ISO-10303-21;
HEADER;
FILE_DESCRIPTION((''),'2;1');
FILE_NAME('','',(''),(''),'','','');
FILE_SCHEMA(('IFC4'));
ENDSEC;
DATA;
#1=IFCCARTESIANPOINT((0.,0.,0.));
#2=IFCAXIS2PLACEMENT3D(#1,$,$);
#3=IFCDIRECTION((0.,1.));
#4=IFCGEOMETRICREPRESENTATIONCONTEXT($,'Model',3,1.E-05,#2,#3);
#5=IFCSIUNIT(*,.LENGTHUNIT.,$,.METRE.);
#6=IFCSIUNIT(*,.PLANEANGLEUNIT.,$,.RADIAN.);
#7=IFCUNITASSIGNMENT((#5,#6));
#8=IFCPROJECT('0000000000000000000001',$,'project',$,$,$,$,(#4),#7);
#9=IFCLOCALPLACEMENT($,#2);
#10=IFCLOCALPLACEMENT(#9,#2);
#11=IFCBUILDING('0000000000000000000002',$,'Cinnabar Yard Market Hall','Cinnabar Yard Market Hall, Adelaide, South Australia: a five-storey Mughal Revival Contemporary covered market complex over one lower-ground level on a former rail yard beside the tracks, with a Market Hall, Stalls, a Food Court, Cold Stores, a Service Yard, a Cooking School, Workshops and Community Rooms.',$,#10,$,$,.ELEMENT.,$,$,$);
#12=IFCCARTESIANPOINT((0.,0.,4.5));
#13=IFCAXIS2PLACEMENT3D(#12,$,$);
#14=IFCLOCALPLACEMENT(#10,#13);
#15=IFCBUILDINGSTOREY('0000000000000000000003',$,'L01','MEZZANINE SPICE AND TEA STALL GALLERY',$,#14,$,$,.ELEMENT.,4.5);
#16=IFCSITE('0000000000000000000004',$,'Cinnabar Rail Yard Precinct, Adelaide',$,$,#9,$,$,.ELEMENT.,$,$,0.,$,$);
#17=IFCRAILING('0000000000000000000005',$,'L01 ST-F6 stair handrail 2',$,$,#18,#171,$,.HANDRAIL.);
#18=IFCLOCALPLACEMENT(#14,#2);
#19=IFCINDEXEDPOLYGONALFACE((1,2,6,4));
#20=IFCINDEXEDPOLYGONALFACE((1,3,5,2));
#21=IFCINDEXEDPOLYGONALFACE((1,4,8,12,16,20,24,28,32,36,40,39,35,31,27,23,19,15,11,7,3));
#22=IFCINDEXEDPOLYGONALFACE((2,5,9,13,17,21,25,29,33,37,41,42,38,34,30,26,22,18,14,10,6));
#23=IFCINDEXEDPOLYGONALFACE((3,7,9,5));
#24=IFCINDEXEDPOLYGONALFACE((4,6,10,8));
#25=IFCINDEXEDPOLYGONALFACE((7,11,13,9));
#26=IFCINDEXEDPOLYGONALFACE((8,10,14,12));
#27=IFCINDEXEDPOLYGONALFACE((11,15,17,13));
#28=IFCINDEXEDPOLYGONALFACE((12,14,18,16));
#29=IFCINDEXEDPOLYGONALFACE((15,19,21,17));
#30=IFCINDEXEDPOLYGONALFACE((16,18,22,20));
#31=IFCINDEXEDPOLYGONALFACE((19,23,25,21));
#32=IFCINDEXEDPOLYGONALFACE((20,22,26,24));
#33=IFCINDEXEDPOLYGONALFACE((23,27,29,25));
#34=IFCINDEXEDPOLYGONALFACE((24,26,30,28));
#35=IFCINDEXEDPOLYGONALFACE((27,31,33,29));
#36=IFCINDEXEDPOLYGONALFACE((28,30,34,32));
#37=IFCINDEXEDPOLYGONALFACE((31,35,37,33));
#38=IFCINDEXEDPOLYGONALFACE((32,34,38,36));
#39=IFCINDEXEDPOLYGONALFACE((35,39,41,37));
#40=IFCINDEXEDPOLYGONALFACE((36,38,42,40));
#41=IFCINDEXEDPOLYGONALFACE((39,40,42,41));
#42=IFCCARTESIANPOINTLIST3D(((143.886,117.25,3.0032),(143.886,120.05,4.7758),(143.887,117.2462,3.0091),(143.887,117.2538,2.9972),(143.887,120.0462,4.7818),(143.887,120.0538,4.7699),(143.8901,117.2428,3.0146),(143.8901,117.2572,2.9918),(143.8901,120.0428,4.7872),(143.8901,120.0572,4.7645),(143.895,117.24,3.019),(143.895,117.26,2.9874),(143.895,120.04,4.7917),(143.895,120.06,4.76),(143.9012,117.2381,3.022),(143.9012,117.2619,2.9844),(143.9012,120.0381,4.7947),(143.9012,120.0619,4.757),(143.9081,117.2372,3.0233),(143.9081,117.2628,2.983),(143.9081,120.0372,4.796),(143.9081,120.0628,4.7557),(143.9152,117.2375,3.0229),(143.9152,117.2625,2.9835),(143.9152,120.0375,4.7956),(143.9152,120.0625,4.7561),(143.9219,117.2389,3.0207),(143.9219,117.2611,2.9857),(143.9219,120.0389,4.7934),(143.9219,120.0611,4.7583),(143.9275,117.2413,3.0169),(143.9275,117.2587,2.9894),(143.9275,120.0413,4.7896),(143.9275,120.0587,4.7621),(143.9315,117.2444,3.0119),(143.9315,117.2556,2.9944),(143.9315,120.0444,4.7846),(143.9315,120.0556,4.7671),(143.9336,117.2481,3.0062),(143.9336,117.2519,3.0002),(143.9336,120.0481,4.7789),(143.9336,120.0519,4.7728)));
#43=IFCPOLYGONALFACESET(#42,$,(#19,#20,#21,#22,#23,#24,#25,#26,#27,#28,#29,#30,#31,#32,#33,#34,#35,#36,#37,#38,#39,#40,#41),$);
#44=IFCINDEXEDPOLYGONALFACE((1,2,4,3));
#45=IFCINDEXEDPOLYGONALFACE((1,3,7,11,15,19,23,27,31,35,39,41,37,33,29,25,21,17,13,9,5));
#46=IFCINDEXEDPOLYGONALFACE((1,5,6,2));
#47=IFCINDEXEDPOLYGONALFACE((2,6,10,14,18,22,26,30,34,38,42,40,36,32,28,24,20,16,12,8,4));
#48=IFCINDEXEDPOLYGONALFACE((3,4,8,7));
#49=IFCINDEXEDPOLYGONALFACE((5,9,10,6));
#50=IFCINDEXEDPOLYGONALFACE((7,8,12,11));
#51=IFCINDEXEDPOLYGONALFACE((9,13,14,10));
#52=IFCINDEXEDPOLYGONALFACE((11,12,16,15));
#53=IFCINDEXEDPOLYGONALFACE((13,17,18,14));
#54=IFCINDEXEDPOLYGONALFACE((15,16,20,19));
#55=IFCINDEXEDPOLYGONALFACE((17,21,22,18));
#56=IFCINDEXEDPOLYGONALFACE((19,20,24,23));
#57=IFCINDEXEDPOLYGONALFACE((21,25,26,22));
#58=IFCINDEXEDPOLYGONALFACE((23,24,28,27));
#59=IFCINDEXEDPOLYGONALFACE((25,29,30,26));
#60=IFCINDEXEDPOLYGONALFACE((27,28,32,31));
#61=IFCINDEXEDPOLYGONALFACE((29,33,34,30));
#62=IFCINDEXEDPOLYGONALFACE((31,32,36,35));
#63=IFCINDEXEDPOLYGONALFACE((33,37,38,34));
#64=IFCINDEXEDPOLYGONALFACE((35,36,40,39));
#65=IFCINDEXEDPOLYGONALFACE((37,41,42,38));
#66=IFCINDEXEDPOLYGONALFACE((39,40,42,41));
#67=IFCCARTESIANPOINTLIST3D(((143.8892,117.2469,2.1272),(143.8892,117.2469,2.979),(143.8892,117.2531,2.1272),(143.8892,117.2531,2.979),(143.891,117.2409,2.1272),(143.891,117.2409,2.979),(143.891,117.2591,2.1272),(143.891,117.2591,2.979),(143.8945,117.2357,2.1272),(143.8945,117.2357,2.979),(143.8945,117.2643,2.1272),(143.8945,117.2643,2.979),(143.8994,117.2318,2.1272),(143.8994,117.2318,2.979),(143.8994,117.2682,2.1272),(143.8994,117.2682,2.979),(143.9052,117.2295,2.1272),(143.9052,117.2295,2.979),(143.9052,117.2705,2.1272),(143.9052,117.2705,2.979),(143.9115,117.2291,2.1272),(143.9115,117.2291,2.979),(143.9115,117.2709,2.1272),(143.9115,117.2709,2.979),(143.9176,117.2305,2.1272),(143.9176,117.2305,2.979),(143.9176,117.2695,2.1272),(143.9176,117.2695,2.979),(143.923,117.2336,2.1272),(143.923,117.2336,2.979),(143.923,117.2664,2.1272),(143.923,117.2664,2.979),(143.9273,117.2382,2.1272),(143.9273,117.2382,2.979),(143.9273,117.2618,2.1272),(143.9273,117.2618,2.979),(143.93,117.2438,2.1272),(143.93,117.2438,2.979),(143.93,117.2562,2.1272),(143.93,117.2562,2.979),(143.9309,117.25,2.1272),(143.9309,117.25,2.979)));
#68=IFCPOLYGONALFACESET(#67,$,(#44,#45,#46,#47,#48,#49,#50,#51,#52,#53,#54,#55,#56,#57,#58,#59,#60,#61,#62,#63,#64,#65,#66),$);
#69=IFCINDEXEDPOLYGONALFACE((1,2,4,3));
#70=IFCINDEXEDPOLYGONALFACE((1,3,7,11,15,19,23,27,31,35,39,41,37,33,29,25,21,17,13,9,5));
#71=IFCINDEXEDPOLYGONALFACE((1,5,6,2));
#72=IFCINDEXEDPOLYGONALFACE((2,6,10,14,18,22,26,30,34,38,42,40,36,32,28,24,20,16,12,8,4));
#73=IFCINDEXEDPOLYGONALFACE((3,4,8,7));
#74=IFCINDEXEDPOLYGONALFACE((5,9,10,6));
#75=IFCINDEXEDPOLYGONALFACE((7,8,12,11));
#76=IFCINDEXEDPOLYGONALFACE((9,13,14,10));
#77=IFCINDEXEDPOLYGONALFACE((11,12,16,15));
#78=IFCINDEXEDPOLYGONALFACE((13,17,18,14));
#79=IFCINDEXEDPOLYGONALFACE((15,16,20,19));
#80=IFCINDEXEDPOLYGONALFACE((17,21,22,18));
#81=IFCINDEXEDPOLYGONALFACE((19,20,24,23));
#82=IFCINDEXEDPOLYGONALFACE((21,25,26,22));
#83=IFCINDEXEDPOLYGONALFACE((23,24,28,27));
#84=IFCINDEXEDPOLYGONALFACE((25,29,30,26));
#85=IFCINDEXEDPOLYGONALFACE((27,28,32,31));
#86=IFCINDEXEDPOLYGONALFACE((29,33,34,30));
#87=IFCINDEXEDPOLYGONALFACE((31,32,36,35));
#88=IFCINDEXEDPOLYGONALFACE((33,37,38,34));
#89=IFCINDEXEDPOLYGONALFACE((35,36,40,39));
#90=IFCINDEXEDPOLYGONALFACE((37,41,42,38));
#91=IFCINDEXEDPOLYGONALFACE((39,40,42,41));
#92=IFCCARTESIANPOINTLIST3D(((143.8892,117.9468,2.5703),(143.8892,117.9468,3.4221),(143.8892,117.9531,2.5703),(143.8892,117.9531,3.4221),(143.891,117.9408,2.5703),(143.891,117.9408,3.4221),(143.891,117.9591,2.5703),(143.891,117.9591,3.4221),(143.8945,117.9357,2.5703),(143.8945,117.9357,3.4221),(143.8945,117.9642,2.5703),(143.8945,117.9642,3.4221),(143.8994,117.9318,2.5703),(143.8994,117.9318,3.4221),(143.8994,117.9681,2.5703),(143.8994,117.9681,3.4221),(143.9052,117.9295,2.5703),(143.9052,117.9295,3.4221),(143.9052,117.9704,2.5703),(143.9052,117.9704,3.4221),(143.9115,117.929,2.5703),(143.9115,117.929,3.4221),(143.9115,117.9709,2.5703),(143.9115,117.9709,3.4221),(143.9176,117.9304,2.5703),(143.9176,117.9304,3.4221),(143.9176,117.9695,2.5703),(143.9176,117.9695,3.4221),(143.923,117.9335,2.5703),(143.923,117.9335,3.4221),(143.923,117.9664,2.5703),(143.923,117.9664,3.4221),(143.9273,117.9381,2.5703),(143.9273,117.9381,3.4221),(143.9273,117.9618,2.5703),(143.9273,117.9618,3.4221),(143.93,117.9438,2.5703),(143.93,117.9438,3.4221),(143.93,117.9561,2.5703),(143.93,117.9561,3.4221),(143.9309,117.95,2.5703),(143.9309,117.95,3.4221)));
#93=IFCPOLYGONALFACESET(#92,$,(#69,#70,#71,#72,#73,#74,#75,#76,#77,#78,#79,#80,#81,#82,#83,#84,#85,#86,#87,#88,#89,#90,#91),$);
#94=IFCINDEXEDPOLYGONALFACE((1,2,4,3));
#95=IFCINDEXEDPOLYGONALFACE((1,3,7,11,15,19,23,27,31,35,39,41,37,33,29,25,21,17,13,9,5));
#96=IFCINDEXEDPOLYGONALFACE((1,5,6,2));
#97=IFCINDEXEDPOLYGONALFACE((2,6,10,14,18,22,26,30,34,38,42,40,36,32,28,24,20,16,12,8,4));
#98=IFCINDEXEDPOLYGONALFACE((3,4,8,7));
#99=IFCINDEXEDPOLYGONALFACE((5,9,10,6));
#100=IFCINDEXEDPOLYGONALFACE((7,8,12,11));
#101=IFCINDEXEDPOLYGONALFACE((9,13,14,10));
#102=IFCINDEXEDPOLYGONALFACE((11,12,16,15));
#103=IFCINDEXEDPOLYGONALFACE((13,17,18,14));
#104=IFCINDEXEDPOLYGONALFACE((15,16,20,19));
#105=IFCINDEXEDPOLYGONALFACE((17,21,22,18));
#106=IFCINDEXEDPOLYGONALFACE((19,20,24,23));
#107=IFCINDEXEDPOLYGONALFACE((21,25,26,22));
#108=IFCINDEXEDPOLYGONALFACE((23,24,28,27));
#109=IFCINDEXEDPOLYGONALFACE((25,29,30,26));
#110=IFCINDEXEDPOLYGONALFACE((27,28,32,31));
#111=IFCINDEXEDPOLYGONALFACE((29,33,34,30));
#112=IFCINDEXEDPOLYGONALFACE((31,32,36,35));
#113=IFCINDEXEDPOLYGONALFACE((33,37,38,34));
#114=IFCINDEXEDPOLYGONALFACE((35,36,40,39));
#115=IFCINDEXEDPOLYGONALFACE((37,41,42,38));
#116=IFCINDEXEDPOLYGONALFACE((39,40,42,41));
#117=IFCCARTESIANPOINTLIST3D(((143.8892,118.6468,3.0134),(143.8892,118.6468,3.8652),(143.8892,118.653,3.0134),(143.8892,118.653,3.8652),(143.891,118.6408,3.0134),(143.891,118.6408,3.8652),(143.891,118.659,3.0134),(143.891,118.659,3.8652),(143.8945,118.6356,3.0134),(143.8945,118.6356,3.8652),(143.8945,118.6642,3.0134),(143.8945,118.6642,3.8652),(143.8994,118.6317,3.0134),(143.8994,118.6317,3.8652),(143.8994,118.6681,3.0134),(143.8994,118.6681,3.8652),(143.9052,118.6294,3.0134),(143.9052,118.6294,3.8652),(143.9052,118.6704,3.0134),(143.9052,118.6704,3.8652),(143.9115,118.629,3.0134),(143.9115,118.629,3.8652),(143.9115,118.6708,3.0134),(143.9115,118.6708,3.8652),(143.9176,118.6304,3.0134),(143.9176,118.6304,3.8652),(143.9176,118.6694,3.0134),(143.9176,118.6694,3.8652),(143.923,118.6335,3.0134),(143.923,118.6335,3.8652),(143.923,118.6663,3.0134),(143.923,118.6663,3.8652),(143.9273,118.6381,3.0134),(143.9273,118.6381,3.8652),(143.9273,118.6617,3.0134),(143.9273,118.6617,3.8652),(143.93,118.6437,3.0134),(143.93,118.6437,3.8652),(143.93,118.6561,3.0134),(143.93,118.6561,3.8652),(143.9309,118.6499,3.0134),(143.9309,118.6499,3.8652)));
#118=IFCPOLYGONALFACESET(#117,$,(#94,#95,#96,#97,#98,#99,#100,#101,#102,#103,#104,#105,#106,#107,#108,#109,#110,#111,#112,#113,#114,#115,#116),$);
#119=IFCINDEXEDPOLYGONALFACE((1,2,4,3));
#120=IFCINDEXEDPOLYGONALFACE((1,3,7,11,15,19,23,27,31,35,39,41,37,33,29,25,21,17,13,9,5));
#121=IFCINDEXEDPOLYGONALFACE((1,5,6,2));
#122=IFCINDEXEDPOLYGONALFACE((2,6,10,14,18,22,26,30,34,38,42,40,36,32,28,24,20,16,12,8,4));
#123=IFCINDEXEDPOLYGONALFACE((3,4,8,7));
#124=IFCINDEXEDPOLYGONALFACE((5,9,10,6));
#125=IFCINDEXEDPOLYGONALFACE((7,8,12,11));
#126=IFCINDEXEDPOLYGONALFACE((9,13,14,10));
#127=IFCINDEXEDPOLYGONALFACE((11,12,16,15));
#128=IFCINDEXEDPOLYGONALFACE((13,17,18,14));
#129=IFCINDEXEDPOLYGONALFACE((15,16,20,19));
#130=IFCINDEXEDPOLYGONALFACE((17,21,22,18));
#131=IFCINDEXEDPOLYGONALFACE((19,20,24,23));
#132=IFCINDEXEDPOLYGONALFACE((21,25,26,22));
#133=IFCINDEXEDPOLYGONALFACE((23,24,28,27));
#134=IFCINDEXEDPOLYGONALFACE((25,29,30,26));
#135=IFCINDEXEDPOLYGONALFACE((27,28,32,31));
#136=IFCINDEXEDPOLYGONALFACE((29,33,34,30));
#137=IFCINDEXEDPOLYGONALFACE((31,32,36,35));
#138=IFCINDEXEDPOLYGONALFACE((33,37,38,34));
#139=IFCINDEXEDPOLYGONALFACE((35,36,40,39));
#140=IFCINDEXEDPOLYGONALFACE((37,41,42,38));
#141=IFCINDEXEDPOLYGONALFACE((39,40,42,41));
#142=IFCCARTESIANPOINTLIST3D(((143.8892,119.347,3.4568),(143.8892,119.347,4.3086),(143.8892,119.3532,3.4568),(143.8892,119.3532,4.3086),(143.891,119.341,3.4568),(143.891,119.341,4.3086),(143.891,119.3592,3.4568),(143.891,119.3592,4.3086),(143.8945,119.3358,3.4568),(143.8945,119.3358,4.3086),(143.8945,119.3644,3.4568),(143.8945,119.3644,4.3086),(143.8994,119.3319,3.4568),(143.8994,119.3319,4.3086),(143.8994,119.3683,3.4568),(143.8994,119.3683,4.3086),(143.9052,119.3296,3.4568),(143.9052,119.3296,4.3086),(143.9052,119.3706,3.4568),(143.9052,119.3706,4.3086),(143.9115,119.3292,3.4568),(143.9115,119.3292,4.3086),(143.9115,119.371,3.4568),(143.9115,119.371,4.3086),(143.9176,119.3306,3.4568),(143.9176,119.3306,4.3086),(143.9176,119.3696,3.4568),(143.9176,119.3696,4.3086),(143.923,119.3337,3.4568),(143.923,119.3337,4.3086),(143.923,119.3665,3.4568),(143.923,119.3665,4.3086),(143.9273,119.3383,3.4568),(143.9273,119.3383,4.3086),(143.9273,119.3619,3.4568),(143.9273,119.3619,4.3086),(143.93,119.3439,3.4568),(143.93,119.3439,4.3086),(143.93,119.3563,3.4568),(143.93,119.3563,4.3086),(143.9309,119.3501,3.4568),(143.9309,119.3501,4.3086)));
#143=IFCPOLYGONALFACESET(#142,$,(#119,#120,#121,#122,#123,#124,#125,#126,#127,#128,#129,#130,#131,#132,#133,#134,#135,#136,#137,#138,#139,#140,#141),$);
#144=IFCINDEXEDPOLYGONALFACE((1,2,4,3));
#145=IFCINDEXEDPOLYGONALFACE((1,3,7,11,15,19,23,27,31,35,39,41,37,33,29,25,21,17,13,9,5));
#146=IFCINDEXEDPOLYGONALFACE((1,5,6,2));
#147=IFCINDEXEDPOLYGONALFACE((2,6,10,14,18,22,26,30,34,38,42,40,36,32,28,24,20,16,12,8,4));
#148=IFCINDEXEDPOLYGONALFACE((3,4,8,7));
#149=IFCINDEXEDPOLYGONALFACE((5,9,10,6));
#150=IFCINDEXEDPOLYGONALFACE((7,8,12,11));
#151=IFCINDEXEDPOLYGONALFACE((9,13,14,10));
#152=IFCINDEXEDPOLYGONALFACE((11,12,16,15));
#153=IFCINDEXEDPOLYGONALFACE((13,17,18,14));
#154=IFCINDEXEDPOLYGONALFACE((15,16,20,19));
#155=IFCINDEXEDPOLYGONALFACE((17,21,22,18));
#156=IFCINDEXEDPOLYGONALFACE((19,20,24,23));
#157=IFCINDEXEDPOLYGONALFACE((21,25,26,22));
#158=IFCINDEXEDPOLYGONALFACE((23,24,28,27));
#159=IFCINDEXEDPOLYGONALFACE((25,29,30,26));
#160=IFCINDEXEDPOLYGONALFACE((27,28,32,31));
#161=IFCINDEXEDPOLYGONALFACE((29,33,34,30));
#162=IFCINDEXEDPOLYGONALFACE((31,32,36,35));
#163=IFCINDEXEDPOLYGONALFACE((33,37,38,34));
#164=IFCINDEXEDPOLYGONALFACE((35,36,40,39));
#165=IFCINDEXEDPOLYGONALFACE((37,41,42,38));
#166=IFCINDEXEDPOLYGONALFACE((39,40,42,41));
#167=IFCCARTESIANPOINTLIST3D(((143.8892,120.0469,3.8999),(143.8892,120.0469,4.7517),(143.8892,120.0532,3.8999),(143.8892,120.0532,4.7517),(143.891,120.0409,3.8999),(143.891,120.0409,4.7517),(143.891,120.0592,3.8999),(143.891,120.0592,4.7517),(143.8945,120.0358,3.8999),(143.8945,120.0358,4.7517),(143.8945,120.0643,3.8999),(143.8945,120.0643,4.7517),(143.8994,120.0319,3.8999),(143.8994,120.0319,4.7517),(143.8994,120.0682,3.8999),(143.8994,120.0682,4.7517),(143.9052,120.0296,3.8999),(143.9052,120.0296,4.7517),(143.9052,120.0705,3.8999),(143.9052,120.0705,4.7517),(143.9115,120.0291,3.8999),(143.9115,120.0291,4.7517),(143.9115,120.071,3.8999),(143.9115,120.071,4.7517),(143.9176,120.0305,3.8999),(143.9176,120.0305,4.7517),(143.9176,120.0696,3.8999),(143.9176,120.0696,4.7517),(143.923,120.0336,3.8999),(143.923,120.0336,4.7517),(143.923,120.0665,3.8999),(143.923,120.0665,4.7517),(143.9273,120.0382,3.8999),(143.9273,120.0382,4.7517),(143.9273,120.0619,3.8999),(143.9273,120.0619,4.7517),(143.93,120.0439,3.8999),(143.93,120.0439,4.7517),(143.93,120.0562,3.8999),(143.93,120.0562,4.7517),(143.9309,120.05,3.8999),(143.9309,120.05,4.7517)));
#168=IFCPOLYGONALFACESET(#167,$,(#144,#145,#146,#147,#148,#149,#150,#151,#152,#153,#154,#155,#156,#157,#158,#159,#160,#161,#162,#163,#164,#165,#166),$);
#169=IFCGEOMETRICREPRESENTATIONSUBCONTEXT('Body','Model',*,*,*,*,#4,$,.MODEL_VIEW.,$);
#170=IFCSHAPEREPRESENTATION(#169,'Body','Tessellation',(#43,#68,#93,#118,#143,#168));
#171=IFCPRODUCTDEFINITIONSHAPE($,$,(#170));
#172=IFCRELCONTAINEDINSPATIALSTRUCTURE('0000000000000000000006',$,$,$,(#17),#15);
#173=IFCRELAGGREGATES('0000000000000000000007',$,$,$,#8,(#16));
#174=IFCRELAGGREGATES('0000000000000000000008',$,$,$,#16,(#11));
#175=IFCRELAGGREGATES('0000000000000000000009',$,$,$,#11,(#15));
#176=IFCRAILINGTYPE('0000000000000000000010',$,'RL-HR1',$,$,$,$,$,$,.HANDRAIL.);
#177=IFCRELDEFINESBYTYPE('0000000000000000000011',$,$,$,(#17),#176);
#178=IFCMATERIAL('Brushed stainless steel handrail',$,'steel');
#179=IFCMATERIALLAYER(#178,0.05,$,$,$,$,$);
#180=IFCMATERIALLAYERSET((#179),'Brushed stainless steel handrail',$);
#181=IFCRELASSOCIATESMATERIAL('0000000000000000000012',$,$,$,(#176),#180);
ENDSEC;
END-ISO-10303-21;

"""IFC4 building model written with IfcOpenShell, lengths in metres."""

from ifc_helpers import new_model, si_unit, direction, frame, origin, origin_2d_with_axis, place, context, subcontext, project, spatial, circle, extrude, material, layer, layer_set, type_object, element, save


model = new_model("IFC4")

# Units and contexts
model_context = context("Model", 3, precision=1e-05, world=origin(), true_north=direction((0.0, 1.0)))
body_context = subcontext(model_context, "Body", "Model", "MODEL_VIEW")
ifc_project = project(units=[si_unit("LENGTHUNIT", "METRE"), si_unit("PLANEANGLEUNIT", "RADIAN")], contexts=[model_context])

# Site, building, storey
site_placement = place(None, origin())
site = spatial("IfcSite", under=ifc_project, at=site_placement, Name="Cinnabar Rail Yard Precinct, Adelaide", CompositionType="ELEMENT", RefElevation=0.0)
building_placement = place(site_placement, origin())
building = spatial("IfcBuilding", under=site, at=building_placement, Name="Cinnabar Yard Market Hall", Description="Cinnabar Yard Market Hall, Adelaide, South Australia: a five-storey Mughal Revival Contemporary covered market complex over one lower-ground level on a former rail yard beside the tracks, with a Market Hall, Stalls, a Food Court, Cold Stores, a Service Yard, a Cooking School, Workshops and Community Rooms.", CompositionType="ELEMENT")
storey_placement = place(building_placement, frame((0.0, 0.0, 4.5)))
storey = spatial("IfcBuildingStorey", under=building, at=storey_placement, Name="L01", Description="MEZZANINE SPICE AND TEA STALL GALLERY", CompositionType="ELEMENT", Elevation=4.5)

# Railing
ifc_material_1 = material(Name="Brushed stainless steel handrail", Category="steel")
ifc_layer_1 = layer(ifc_material_1, 0.05)
ifc_layer_set_1 = layer_set([ifc_layer_1], Name="Brushed stainless steel handrail")
railing_type_1 = type_object("IfcRailingType", Name="RL-HR1", PredefinedType="HANDRAIL", material=ifc_layer_set_1)
railing_1_placement = place(storey_placement, frame((143.9099, 117.25, 2.1272)))
element("IfcRailing", 1, at=railing_1_placement, inside=storey, type_object=railing_type_1, Name="L01 ST-F6 stair handrail 2", PredefinedType="HANDRAIL", context=body_context, shape_type="SweptSolid", body=[
    extrude(circle(Radius=0.0239, at=origin_2d_with_axis()), frame((0.0, 0.0, 0.876), z_axis=(0.0, 0.844909, 0.53491), x_axis=(-1.0, 0.0, 0.0)), (0.0, 0.0, 1.0), 3.314),
    extrude(circle(Radius=0.021, at=origin_2d_with_axis()), origin(), (0.0, 0.0, 1.0), 0.8518),
    extrude(circle(Radius=0.021, at=origin_2d_with_axis()), frame((0.0, 0.7, 0.4431)), (0.0, 0.0, 1.0), 0.8518),
    extrude(circle(Radius=0.021, at=origin_2d_with_axis()), frame((0.0, 1.3999, 0.8862)), (0.0, 0.0, 1.0), 0.8518),
    extrude(circle(Radius=0.021, at=origin_2d_with_axis()), frame((0.0, 2.1001, 1.3296)), (0.0, 0.0, 1.0), 0.8518),
    extrude(circle(Radius=0.021, at=origin_2d_with_axis()), frame((0.0, 2.8, 1.7727)), (0.0, 0.0, 1.0), 0.8518),
])

save(model, "model.ifc")
